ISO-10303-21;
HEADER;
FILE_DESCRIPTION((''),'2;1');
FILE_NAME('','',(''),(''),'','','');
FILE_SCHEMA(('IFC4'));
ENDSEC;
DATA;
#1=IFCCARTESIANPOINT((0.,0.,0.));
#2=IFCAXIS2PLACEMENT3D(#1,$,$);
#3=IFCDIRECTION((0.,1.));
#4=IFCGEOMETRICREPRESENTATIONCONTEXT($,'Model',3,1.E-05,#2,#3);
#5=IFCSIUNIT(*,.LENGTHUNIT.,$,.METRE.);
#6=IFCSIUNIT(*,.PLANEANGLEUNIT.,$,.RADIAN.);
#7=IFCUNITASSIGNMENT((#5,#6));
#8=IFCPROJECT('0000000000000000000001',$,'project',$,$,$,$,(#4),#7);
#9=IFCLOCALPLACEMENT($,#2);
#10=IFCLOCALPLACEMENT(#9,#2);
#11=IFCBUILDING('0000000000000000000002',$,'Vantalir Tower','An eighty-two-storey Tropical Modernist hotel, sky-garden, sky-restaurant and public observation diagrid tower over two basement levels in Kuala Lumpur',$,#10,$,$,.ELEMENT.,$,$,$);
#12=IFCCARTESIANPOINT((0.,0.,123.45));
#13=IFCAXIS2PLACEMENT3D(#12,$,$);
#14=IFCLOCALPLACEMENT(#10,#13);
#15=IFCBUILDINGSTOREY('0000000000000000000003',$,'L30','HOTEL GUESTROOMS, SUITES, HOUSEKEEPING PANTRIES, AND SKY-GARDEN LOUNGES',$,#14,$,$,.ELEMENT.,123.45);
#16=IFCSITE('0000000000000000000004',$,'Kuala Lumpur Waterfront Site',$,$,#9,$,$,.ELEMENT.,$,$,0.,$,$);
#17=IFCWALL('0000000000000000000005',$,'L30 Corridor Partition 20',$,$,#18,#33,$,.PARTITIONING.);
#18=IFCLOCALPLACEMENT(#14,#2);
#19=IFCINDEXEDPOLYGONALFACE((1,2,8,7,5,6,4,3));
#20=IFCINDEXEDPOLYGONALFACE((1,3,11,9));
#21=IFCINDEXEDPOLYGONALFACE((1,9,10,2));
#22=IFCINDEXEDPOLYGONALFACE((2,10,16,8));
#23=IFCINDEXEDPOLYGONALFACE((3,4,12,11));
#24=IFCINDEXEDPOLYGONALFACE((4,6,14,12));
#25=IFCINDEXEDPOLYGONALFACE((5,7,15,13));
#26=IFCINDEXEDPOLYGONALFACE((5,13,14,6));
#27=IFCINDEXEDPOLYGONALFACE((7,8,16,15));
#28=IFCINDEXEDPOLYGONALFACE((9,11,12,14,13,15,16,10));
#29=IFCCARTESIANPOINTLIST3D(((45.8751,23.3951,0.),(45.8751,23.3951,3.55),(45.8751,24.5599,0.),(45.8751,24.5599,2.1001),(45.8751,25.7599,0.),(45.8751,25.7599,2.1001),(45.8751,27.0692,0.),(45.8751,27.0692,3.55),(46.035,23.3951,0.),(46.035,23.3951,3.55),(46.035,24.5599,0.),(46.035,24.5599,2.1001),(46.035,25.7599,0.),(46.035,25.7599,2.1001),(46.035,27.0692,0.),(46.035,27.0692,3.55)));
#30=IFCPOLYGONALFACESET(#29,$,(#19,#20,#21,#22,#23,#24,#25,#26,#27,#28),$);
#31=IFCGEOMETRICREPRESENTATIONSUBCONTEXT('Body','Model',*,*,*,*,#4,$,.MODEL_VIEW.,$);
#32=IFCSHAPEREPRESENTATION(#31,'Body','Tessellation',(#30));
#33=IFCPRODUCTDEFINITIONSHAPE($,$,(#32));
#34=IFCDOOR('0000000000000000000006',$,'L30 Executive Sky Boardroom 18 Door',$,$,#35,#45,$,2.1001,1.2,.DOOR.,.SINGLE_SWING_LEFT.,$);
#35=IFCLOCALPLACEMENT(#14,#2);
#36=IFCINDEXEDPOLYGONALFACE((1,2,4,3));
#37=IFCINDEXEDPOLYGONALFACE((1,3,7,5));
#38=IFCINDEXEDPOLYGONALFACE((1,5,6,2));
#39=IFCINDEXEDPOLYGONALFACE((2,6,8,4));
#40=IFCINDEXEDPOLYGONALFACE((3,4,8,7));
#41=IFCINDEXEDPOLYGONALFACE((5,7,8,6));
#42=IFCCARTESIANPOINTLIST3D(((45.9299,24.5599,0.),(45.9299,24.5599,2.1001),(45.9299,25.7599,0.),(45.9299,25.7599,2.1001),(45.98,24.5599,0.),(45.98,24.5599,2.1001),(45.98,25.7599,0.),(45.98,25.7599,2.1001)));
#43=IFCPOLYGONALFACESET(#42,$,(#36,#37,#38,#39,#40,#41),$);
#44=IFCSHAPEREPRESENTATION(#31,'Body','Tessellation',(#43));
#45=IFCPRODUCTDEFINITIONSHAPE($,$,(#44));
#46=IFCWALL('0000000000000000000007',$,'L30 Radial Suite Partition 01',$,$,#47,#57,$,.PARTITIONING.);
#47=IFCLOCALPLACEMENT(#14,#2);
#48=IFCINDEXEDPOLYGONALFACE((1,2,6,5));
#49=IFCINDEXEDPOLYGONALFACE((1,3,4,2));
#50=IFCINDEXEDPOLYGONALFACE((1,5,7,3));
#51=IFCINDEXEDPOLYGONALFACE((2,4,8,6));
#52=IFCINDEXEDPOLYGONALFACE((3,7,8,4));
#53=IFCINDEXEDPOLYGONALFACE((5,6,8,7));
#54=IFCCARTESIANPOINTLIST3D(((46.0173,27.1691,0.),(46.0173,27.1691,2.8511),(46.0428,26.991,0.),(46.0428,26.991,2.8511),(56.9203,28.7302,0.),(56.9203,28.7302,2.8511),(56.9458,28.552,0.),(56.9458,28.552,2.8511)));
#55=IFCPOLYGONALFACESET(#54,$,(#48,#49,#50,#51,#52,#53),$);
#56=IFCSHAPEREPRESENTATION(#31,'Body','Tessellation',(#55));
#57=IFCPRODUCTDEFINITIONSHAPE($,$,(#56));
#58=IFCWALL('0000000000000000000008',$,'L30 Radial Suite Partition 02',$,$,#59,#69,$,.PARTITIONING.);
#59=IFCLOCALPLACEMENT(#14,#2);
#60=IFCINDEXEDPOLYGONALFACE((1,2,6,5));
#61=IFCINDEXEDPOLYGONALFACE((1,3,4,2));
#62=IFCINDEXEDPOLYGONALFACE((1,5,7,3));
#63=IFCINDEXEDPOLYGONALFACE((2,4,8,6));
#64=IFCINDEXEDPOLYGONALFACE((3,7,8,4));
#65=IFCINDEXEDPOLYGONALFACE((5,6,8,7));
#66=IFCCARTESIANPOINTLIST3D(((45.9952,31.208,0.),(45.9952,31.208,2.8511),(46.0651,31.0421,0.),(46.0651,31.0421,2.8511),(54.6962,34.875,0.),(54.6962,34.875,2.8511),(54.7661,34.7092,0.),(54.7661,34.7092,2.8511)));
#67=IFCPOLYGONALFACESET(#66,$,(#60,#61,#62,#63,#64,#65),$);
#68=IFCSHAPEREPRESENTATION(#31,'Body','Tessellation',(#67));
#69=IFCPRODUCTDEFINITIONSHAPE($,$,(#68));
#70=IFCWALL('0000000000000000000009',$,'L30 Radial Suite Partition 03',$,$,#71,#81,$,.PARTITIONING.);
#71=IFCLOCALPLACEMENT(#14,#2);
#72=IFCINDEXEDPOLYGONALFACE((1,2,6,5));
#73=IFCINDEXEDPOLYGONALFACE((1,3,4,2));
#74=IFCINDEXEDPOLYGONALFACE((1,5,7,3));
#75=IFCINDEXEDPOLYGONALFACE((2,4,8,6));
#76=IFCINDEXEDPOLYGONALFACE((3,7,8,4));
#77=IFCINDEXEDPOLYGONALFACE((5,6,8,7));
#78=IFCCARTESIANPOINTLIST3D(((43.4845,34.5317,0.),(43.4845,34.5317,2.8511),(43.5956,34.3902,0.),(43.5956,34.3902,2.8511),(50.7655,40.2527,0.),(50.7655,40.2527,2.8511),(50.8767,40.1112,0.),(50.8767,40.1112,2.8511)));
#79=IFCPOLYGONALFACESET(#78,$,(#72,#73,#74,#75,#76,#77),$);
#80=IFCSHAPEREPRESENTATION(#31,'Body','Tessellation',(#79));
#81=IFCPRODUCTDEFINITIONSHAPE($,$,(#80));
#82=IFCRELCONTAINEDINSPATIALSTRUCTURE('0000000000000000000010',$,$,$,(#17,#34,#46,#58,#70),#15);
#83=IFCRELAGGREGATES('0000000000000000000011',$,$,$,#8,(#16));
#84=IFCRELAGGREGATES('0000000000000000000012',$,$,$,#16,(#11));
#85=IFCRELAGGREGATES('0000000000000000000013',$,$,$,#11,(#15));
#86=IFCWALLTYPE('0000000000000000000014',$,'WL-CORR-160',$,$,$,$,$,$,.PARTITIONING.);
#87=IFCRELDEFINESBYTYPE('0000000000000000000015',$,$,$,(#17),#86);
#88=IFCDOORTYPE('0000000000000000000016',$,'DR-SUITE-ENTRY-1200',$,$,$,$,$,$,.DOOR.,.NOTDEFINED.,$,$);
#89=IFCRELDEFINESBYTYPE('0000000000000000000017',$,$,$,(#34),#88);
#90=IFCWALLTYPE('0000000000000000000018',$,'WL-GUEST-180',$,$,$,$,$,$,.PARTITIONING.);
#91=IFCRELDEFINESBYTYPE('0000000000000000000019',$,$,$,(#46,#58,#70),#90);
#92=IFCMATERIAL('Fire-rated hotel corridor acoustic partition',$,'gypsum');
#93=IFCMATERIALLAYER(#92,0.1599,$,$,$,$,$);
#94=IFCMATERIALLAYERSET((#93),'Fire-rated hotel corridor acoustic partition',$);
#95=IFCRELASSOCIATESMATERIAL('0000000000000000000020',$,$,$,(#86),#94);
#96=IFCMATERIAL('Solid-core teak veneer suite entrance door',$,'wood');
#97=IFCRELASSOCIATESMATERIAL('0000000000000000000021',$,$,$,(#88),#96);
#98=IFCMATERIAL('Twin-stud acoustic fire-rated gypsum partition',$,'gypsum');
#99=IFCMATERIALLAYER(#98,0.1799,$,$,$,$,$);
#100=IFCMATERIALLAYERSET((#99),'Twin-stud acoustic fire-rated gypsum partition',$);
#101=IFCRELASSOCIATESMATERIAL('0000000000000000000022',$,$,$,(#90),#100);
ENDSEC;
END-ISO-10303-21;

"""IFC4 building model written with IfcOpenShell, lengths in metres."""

from ifc_helpers import new_model, si_unit, direction, frame, frame_2d, origin, place, context, subcontext, project, spatial, rectangle, extrude, material, layer, layer_set, type_object, element, fill, save


model = new_model("IFC4")

# Units and contexts
model_context = context("Model", 3, precision=1e-05, world=origin(), true_north=direction((0.0, 1.0)))
body_context = subcontext(model_context, "Body", "Model", "MODEL_VIEW")
ifc_project = project(units=[si_unit("LENGTHUNIT", "METRE"), si_unit("PLANEANGLEUNIT", "RADIAN")], contexts=[model_context])

# Site, building, storey
site_placement = place(None, origin())
site = spatial("IfcSite", under=ifc_project, at=site_placement, Name="Kuala Lumpur Waterfront Site", CompositionType="ELEMENT", RefElevation=0.0)
building_placement = place(site_placement, origin())
building = spatial("IfcBuilding", under=site, at=building_placement, Name="Vantalir Tower", Description="An eighty-two-storey Tropical Modernist hotel, sky-garden, sky-restaurant and public observation diagrid tower over two basement levels in Kuala Lumpur", CompositionType="ELEMENT")
storey_placement = place(building_placement, frame((0.0, 0.0, 123.45)))
storey = spatial("IfcBuildingStorey", under=building, at=storey_placement, Name="L30", Description="HOTEL GUESTROOMS, SUITES, HOUSEKEEPING PANTRIES, AND SKY-GARDEN LOUNGES", CompositionType="ELEMENT", Elevation=123.45)

# Shared definitions
ifc_material_1 = material(Name="Fire-rated hotel corridor acoustic partition", Category="gypsum")
ifc_layer_1 = layer(ifc_material_1, 0.1599)
ifc_layer_set_1 = layer_set([ifc_layer_1], Name="Fire-rated hotel corridor acoustic partition")
wall_type_1 = type_object("IfcWallType", Name="WL-CORR-160", PredefinedType="PARTITIONING", material=ifc_layer_set_1)

# Wall, opening, door
wall_1_placement = place(storey_placement, frame((45.9551, 27.0691, 0.0), z_axis=(0.0, 0.0, 1.0), x_axis=(0.0, -1.0, 0.0)))
wall_1 = element("IfcWall", 1, at=wall_1_placement, inside=storey, type_object=wall_type_1, Name="L30 Corridor Partition 20", PredefinedType="PARTITIONING", context=body_context, shape_type="SweptSolid", body=[
    extrude(rectangle(XDim=3.6741, YDim=0.1599, at=frame_2d((1.8369, 0.0))), origin(), (0.0, 0.0, 1.0), 3.55),
])
opening_1_placement = place(wall_1_placement, frame((1.3091, 0.0, 0.0)))
opening_1 = element("IfcOpeningElement", 2, at=opening_1_placement, cuts=wall_1, PredefinedType="OPENING", context=body_context, shape_type="SweptSolid", body=[
    extrude(rectangle(XDim=1.2, YDim=2.1001, at=frame_2d((0.6001, 1.05))), frame((0.0, 0.0898, 0.0), z_axis=(0.0, -1.0, 0.0), x_axis=(1.0, 0.0, 0.0)), (0.0, 0.0, 1.0), 0.1799),
])
ifc_material_2 = material(Name="Solid-core teak veneer suite entrance door", Category="wood")
door_type_1 = type_object("IfcDoorType", Name="DR-SUITE-ENTRY-1200", OperationType="NOTDEFINED", PredefinedType="DOOR", material=ifc_material_2)
door_1_placement = place(opening_1_placement, origin())
door_1 = element("IfcDoor", 3, at=door_1_placement, inside=storey, type_object=door_type_1, Name="L30 Executive Sky Boardroom 18 Door", OperationType="SINGLE_SWING_LEFT", OverallHeight=2.1001, OverallWidth=1.2, PredefinedType="DOOR", context=body_context, shape_type="SweptSolid", body=[
    extrude(rectangle(XDim=1.2, YDim=2.1001, at=frame_2d((0.6001, 1.05))), frame((0.0, 0.0249, 0.0), z_axis=(0.0, -1.0, 0.0), x_axis=(1.0, 0.0, 0.0)), (0.0, 0.0, 1.0), 0.05),
])
fill(opening_1, door_1)

# Walls
ifc_material_3 = material(Name="Twin-stud acoustic fire-rated gypsum partition", Category="gypsum")
ifc_layer_2 = layer(ifc_material_3, 0.1799)
ifc_layer_set_2 = layer_set([ifc_layer_2], Name="Twin-stud acoustic fire-rated gypsum partition")
wall_type_2 = type_object("IfcWallType", Name="WL-GUEST-180", PredefinedType="PARTITIONING", material=ifc_layer_set_2)
wall_2_placement = place(storey_placement, frame((46.03, 27.0801, 0.0), z_axis=(0.0, 0.0, 1.0), x_axis=(0.989906, 0.141729, 0.0)))
element("IfcWall", 4, at=wall_2_placement, inside=storey, type_object=wall_type_2, Name="L30 Radial Suite Partition 01", PredefinedType="PARTITIONING", context=body_context, shape_type="SweptSolid", body=[
    extrude(rectangle(XDim=11.0142, YDim=0.1799, at=frame_2d((5.5071, 0.0))), origin(), (0.0, 0.0, 1.0), 2.8511),
])
wall_3_placement = place(storey_placement, frame((46.03, 31.125, 0.0), z_axis=(0.0, 0.0, 1.0), x_axis=(0.921505, 0.388367, 0.0)))
element("IfcWall", 5, at=wall_3_placement, inside=storey, type_object=wall_type_2, Name="L30 Radial Suite Partition 02", PredefinedType="PARTITIONING", context=body_context, shape_type="SweptSolid", body=[
    extrude(rectangle(XDim=9.4421, YDim=0.1799, at=frame_2d((4.7212, 0.0))), origin(), (0.0, 0.0, 1.0), 2.8511),
])
wall_4_placement = place(storey_placement, frame((43.54, 34.4609, 0.0), z_axis=(0.0, 0.0, 1.0), x_axis=(0.78631, 0.617832, 0.0)))
element("IfcWall", 6, at=wall_4_placement, inside=storey, type_object=wall_type_2, Name="L30 Radial Suite Partition 03", PredefinedType="PARTITIONING", context=body_context, shape_type="SweptSolid", body=[
    extrude(rectangle(XDim=9.2598, YDim=0.1799, at=frame_2d((4.6299, 0.0))), origin(), (0.0, 0.0, 1.0), 2.8511),
])

save(model, "model.ifc")
